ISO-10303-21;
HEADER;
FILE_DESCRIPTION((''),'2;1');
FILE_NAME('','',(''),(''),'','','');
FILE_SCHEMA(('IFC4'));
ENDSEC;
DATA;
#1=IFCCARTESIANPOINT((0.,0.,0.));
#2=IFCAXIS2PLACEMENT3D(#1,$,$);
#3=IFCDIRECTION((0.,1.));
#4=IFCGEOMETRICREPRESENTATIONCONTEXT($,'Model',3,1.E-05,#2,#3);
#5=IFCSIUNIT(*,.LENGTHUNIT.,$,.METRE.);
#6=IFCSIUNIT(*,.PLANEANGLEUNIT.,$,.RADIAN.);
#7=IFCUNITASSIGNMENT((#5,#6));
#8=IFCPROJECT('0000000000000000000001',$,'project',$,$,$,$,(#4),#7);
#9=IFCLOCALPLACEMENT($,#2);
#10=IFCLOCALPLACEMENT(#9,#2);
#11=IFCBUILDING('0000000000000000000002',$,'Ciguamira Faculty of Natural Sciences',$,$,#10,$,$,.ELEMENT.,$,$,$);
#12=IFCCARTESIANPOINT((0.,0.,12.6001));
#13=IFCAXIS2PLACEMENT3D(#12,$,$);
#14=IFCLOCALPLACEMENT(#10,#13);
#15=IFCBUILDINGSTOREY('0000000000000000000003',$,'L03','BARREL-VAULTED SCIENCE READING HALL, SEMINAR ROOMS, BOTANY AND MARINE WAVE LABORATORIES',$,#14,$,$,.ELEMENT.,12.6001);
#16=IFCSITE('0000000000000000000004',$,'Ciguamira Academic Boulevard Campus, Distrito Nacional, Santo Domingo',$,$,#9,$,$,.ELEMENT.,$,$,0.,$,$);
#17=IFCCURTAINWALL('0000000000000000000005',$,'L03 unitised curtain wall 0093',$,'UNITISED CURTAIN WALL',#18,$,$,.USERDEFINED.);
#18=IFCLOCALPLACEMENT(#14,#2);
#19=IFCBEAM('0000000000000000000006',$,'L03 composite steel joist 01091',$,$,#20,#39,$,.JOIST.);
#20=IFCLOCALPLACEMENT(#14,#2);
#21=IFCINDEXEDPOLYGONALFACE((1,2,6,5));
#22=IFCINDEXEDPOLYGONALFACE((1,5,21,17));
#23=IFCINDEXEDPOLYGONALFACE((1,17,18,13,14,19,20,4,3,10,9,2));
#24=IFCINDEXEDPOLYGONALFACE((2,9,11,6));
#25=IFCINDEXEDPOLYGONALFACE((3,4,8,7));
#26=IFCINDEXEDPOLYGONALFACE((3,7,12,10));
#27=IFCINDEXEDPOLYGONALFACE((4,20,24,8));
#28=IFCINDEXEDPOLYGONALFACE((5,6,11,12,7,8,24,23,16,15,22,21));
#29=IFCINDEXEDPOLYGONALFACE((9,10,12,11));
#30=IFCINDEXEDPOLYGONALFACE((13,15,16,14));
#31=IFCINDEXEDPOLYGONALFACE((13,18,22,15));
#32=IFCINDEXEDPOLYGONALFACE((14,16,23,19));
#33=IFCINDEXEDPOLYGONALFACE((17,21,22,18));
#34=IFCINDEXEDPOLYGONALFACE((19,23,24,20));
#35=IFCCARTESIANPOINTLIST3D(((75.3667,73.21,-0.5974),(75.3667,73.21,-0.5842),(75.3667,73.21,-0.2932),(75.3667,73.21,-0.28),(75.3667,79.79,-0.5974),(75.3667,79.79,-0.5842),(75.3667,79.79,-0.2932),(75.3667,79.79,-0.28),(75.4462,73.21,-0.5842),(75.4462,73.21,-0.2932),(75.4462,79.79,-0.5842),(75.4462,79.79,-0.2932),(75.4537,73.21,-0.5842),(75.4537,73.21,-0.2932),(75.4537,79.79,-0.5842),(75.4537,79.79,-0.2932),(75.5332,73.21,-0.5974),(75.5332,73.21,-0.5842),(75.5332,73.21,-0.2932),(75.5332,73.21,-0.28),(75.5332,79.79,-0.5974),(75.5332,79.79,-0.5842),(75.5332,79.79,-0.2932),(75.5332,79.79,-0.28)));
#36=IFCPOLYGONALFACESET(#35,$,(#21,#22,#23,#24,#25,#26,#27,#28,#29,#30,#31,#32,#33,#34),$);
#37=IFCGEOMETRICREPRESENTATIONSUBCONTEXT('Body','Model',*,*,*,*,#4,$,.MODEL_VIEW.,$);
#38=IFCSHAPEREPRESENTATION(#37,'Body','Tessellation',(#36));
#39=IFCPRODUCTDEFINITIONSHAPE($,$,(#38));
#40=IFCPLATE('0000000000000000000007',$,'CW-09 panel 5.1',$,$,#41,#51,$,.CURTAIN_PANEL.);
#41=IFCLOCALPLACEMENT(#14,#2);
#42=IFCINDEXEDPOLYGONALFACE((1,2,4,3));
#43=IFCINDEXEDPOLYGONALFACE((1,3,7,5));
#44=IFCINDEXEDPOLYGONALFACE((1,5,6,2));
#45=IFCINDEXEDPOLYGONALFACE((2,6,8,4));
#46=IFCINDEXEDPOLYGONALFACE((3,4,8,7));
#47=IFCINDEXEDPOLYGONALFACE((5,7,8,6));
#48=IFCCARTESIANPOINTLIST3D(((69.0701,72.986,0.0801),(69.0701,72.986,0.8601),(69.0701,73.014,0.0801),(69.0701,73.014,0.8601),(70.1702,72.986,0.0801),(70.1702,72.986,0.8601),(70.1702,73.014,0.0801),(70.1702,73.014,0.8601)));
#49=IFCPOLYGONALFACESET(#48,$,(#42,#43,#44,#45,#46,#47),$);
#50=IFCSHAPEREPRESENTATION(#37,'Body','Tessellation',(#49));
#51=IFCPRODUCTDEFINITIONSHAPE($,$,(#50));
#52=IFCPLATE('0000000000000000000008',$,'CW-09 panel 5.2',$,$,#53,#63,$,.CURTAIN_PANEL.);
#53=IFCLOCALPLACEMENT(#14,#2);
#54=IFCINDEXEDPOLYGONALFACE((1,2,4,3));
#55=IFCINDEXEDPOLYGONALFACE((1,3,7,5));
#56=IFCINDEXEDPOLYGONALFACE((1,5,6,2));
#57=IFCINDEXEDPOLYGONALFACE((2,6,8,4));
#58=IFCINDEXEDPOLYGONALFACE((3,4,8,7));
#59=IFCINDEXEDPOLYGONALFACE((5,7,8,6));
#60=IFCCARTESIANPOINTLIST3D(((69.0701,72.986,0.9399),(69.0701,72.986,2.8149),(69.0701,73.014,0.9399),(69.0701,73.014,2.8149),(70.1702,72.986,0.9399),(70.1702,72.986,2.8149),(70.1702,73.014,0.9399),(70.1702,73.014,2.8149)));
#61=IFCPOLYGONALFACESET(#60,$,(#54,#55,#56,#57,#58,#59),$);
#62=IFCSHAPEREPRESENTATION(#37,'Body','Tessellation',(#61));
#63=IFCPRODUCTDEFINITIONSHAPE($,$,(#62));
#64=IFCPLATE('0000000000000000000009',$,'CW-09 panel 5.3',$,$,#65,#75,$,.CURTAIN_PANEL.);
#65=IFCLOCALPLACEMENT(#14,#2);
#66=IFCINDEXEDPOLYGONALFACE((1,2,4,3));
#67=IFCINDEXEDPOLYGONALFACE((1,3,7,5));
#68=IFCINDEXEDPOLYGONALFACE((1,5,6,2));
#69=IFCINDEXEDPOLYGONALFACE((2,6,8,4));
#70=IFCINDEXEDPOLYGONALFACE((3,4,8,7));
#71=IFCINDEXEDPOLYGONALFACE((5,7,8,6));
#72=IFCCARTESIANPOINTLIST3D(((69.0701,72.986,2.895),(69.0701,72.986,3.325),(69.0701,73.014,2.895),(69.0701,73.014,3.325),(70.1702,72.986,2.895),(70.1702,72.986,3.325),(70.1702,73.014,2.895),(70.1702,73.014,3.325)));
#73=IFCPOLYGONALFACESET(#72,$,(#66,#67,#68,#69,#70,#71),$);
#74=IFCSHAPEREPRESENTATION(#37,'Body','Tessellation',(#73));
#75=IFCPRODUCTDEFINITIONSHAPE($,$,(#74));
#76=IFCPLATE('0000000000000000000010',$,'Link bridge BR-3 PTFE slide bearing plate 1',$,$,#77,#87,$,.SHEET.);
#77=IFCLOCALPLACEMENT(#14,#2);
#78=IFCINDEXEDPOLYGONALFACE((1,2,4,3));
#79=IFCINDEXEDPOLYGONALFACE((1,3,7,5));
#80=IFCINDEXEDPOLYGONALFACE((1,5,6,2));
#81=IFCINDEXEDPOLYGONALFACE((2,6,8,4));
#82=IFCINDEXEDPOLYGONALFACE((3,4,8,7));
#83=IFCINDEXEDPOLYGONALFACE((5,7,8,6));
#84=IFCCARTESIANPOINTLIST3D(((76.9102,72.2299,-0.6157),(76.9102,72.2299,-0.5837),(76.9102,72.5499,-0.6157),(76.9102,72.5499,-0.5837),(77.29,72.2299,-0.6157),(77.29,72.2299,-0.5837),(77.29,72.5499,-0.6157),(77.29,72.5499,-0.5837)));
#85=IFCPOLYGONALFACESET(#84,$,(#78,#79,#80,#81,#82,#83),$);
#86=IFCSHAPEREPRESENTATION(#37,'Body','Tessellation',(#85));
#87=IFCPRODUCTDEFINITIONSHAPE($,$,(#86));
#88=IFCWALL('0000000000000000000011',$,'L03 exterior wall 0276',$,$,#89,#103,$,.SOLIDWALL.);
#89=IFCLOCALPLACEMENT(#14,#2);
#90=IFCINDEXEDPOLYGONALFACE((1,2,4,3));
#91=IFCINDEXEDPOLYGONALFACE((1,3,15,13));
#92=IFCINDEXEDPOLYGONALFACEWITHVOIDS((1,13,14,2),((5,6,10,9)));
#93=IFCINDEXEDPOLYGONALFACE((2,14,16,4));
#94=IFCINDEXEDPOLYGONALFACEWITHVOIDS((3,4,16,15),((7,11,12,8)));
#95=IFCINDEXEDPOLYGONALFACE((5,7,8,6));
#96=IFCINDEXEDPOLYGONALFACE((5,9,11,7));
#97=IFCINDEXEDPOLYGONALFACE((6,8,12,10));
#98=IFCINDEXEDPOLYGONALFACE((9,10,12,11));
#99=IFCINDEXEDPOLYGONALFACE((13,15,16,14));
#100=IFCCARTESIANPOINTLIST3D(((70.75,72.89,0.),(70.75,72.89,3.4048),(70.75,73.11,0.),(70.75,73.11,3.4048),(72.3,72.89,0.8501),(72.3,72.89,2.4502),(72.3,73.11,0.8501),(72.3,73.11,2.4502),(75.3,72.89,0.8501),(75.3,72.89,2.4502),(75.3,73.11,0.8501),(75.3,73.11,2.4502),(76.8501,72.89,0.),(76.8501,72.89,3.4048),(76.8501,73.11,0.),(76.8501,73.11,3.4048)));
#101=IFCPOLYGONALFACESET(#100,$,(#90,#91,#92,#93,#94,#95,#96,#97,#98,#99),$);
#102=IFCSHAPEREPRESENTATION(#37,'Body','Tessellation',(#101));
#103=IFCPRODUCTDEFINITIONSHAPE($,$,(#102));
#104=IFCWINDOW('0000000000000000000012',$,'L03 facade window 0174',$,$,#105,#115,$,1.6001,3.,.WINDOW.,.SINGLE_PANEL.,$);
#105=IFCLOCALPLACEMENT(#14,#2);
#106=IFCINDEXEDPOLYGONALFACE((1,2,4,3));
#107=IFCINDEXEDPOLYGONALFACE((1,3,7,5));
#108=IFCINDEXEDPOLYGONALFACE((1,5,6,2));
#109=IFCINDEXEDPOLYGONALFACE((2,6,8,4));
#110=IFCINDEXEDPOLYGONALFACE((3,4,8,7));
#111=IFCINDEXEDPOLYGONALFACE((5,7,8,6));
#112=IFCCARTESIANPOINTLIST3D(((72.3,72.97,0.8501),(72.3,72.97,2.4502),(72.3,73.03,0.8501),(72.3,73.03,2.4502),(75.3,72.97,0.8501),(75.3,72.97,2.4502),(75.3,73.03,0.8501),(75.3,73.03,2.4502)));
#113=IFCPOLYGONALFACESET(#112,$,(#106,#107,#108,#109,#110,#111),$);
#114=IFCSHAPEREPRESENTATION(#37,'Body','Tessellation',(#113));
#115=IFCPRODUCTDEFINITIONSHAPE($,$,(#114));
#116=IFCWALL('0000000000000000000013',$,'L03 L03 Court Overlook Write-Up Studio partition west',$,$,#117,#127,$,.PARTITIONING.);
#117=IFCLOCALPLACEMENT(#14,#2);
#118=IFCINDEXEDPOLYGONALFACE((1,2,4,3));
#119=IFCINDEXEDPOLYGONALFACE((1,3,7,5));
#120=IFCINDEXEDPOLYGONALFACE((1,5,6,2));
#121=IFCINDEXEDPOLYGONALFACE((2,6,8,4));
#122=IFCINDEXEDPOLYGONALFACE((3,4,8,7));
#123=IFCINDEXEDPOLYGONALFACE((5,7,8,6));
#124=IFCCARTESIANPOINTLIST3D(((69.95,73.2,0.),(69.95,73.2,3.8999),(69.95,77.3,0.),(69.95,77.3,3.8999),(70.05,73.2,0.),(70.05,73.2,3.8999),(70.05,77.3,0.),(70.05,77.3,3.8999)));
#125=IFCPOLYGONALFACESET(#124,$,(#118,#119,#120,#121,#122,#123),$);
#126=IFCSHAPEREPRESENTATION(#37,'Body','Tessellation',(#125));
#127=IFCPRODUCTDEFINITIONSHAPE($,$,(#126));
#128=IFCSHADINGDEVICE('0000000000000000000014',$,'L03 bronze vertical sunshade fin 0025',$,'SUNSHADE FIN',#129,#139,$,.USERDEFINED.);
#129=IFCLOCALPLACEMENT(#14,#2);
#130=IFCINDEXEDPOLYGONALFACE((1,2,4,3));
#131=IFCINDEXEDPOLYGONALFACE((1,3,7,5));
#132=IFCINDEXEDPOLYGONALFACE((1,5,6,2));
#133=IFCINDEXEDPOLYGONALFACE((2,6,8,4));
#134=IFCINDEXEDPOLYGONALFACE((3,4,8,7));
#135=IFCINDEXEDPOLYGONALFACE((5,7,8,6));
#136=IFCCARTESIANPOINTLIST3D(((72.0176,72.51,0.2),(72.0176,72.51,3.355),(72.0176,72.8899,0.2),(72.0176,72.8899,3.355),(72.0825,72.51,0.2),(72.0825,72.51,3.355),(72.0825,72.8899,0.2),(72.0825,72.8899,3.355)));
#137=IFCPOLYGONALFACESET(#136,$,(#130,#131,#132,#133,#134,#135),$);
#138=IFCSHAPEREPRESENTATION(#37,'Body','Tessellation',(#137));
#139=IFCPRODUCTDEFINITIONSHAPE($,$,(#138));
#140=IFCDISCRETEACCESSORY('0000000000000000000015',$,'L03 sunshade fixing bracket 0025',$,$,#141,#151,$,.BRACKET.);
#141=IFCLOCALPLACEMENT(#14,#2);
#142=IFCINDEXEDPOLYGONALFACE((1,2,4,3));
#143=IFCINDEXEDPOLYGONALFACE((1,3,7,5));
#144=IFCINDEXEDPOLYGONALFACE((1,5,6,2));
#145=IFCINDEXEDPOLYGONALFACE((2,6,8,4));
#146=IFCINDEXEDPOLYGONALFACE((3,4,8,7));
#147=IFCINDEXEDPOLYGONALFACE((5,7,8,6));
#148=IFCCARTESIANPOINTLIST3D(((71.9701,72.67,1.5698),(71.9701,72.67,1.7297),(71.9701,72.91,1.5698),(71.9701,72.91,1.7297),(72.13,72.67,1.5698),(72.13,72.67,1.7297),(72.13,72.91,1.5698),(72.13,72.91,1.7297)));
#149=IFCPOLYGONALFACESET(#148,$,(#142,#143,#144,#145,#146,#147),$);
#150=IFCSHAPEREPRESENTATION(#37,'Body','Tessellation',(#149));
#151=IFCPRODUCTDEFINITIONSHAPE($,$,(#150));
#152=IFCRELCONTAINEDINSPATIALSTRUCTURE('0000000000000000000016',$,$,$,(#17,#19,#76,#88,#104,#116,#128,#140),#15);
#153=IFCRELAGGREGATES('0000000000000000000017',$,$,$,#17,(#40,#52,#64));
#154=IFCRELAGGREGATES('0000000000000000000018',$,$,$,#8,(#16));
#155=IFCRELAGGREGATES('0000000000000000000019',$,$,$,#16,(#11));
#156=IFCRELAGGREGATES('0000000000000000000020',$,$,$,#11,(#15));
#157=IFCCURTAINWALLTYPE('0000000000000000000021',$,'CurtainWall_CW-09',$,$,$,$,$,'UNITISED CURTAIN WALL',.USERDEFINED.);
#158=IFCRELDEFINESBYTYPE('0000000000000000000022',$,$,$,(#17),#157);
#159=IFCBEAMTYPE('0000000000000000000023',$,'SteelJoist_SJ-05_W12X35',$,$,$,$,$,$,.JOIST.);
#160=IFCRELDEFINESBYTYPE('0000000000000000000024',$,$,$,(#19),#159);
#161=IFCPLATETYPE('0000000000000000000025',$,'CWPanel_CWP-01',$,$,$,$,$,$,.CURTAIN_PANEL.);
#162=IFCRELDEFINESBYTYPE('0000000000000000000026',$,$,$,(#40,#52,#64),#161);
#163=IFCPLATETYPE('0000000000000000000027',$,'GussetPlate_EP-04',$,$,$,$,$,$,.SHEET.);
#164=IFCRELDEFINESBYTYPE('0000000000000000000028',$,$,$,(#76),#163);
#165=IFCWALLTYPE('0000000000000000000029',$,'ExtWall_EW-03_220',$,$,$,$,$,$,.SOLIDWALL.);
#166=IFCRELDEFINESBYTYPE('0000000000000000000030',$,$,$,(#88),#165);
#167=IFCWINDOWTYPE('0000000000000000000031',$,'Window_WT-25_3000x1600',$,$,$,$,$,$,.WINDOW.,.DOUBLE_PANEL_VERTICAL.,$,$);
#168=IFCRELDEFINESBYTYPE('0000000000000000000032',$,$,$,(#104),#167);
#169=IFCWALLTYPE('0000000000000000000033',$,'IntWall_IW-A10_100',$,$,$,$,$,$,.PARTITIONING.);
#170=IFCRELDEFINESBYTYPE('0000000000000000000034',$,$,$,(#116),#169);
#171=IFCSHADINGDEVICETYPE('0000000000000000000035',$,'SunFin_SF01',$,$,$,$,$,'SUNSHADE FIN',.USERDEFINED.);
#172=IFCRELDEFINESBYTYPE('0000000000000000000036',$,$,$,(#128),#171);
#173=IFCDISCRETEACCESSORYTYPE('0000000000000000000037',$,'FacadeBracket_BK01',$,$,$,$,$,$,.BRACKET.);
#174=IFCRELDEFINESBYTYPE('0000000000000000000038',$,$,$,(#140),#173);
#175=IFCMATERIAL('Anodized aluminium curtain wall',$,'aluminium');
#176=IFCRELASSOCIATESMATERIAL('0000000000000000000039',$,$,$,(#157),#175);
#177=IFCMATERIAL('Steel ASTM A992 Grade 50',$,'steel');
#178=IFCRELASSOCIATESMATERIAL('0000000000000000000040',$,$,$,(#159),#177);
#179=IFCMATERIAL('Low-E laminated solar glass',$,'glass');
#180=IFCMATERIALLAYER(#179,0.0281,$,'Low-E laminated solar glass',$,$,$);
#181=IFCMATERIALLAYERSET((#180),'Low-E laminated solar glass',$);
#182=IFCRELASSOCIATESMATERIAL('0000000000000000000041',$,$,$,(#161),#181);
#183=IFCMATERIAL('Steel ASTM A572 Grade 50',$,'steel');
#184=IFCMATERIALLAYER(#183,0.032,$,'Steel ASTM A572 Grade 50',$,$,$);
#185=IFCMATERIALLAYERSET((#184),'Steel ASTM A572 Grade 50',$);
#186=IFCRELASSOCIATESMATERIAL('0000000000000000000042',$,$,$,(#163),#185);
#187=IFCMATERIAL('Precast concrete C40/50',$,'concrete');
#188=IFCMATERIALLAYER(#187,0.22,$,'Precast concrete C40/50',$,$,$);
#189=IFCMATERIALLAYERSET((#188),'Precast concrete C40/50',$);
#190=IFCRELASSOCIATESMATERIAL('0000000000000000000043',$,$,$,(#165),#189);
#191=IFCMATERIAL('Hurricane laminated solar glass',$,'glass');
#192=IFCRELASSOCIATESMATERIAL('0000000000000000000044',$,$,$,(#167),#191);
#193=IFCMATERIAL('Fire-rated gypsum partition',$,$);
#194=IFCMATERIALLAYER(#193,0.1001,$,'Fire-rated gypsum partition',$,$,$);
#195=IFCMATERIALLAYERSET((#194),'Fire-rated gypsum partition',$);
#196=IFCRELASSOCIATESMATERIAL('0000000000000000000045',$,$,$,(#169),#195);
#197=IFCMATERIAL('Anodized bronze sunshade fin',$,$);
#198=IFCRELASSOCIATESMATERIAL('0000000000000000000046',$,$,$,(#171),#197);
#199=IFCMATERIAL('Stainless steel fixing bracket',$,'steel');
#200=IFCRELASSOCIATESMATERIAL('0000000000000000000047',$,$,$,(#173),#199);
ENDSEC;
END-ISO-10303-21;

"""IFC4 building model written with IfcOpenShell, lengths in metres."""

from ifc_helpers import new_model, si_unit, direction, frame, frame_2d, origin, origin_2d, place, context, subcontext, project, spatial, rectangle, i_section, extrude, material, layer, layer_set, material_profile, profile_set, type_object, element, fill, aggregate, save


model = new_model("IFC4")

# Units and contexts
model_context = context("Model", 3, precision=1e-05, world=origin(), true_north=direction((0.0, 1.0)))
body_context = subcontext(model_context, "Body", "Model", "MODEL_VIEW")
ifc_project = project(units=[si_unit("LENGTHUNIT", "METRE"), si_unit("PLANEANGLEUNIT", "RADIAN")], contexts=[model_context])

# Site, building, storey
site_placement = place(None, origin())
site = spatial("IfcSite", under=ifc_project, at=site_placement, Name="Ciguamira Academic Boulevard Campus, Distrito Nacional, Santo Domingo", CompositionType="ELEMENT", RefElevation=0.0)
building_placement = place(site_placement, origin())
building = spatial("IfcBuilding", under=site, at=building_placement, Name="Ciguamira Faculty of Natural Sciences", CompositionType="ELEMENT")
storey_placement = place(building_placement, frame((0.0, 0.0, 12.6001)))
storey = spatial("IfcBuildingStorey", under=building, at=storey_placement, Name="L03", Description="BARREL-VAULTED SCIENCE READING HALL, SEMINAR ROOMS, BOTANY AND MARINE WAVE LABORATORIES", CompositionType="ELEMENT", Elevation=12.6001)

# Curtain wall
ifc_material_1 = material(Name="Anodized aluminium curtain wall", Category="aluminium")
curtain_wall_type = type_object("IfcCurtainWallType", Name="CurtainWall_CW-09", ElementType="UNITISED CURTAIN WALL", PredefinedType="USERDEFINED", material=ifc_material_1)
curtain_wall_placement = place(storey_placement, origin())
curtain_wall = element("IfcCurtainWall", 1, at=curtain_wall_placement, inside=storey, type_object=curtain_wall_type, Name="L03 unitised curtain wall 0093", ObjectType="UNITISED CURTAIN WALL", PredefinedType="USERDEFINED")

# Beam
ifc_material_2 = material(Name="Steel ASTM A992 Grade 50", Category="steel")
ifc_material_profile_1 = material_profile(ifc_material_2, i_section(OverallWidth=0.1665, OverallDepth=0.3174, WebThickness=0.0076, FlangeThickness=0.0132, at=origin_2d()), Name="W12X35")
ifc_profile_set_1 = profile_set([ifc_material_profile_1], Name="Steel ASTM A992 Grade 50")
beam_type_1 = type_object("IfcBeamType", Name="SteelJoist_SJ-05_W12X35", PredefinedType="JOIST", material=ifc_profile_set_1)
beam_1_placement = place(storey_placement, frame((75.45, 73.21, -0.4387), z_axis=(0.0, 1.0, 0.0), x_axis=(-1.0, 0.0, 0.0)))
element("IfcBeam", 2, at=beam_1_placement, inside=storey, type_object=beam_type_1, Name="L03 composite steel joist 01091", PredefinedType="JOIST", context=body_context, shape_type="SweptSolid", body=[
    extrude(i_section(OverallWidth=0.1665, OverallDepth=0.3174, WebThickness=0.0076, FlangeThickness=0.0132, at=origin_2d()), origin(), (0.0, 0.0, 1.0), 6.5801),
])

# Plates
ifc_material_3 = material(Name="Low-E laminated solar glass", Category="glass")
ifc_layer_1 = layer(ifc_material_3, 0.0281, Name="Low-E laminated solar glass")
ifc_layer_set_1 = layer_set([ifc_layer_1], Name="Low-E laminated solar glass")
plate_type_1 = type_object("IfcPlateType", Name="CWPanel_CWP-01", PredefinedType="CURTAIN_PANEL", material=ifc_layer_set_1)
plate_1_placement = place(storey_placement, frame((69.6201, 73.0, 0.0801), z_axis=(0.0, 0.0, 1.0), x_axis=(1.0, 0.0, 0.0)))
plate_1 = element("IfcPlate", 3, at=plate_1_placement, type_object=plate_type_1, Name="CW-09 panel 5.1", PredefinedType="CURTAIN_PANEL", context=body_context, shape_type="SweptSolid", body=[
    extrude(rectangle(XDim=1.1001, YDim=0.0281, at=origin_2d()), origin(), (0.0, 0.0, 1.0), 0.78),
])
plate_2_placement = place(storey_placement, frame((69.6201, 73.0, 0.9399), z_axis=(0.0, 0.0, 1.0), x_axis=(1.0, 0.0, 0.0)))
plate_2 = element("IfcPlate", 4, at=plate_2_placement, type_object=plate_type_1, Name="CW-09 panel 5.2", PredefinedType="CURTAIN_PANEL", context=body_context, shape_type="SweptSolid", body=[
    extrude(rectangle(XDim=1.1001, YDim=0.0281, at=origin_2d()), origin(), (0.0, 0.0, 1.0), 1.875),
])
plate_3_placement = place(storey_placement, frame((69.6201, 73.0, 2.895), z_axis=(0.0, 0.0, 1.0), x_axis=(1.0, 0.0, 0.0)))
plate_3 = element("IfcPlate", 5, at=plate_3_placement, type_object=plate_type_1, Name="CW-09 panel 5.3", PredefinedType="CURTAIN_PANEL", context=body_context, shape_type="SweptSolid", body=[
    extrude(rectangle(XDim=1.1001, YDim=0.0281, at=origin_2d()), origin(), (0.0, 0.0, 1.0), 0.4299),
])
aggregate(curtain_wall, [plate_1, plate_2, plate_3])
ifc_material_4 = material(Name="Steel ASTM A572 Grade 50", Category="steel")
ifc_layer_2 = layer(ifc_material_4, 0.032, Name="Steel ASTM A572 Grade 50")
ifc_layer_set_2 = layer_set([ifc_layer_2], Name="Steel ASTM A572 Grade 50")
plate_type_2 = type_object("IfcPlateType", Name="GussetPlate_EP-04", PredefinedType="SHEET", material=ifc_layer_set_2)
plate_4_placement = place(storey_placement, frame((77.1001, 72.3899, -0.6157), z_axis=(0.0, 0.0, 1.0), x_axis=(1.0, 0.0, 0.0)))
element("IfcPlate", 6, at=plate_4_placement, inside=storey, type_object=plate_type_2, Name="Link bridge BR-3 PTFE slide bearing plate 1", PredefinedType="SHEET", context=body_context, shape_type="SweptSolid", body=[
    extrude(rectangle(XDim=0.3799, YDim=0.3201, at=origin_2d()), origin(), (0.0, 0.0, 1.0), 0.032),
])

# Wall, opening, window
ifc_material_5 = material(Name="Precast concrete C40/50", Category="concrete")
ifc_layer_3 = layer(ifc_material_5, 0.22, Name="Precast concrete C40/50")
ifc_layer_set_3 = layer_set([ifc_layer_3], Name="Precast concrete C40/50")
wall_type_1 = type_object("IfcWallType", Name="ExtWall_EW-03_220", PredefinedType="SOLIDWALL", material=ifc_layer_set_3)
wall_1_placement = place(storey_placement, frame((70.75, 73.0, 0.0), z_axis=(0.0, 0.0, 1.0), x_axis=(1.0, 0.0, 0.0)))
wall_1 = element("IfcWall", 7, at=wall_1_placement, inside=storey, type_object=wall_type_1, Name="L03 exterior wall 0276", PredefinedType="SOLIDWALL", context=body_context, shape_type="SweptSolid", body=[
    extrude(rectangle(XDim=6.1001, YDim=0.22, at=frame_2d((3.05, 0.0))), origin(), (0.0, 0.0, 1.0), 3.4048),
])
opening_placement = place(wall_1_placement, frame((1.55, 0.0, 0.8501)))
opening = element("IfcOpeningElement", 8, at=opening_placement, cuts=wall_1, PredefinedType="OPENING", context=body_context, shape_type="SweptSolid", body=[
    extrude(rectangle(XDim=3.0, YDim=1.6001, at=frame_2d((1.5, 0.8))), frame((0.0, 0.1199, 0.0), z_axis=(0.0, -1.0, 0.0), x_axis=(1.0, 0.0, 0.0)), (0.0, 0.0, 1.0), 0.24),
])
ifc_material_6 = material(Name="Hurricane laminated solar glass", Category="glass")
window_type = type_object("IfcWindowType", Name="Window_WT-25_3000x1600", PartitioningType="DOUBLE_PANEL_VERTICAL", PredefinedType="WINDOW", material=ifc_material_6)
window_placement = place(opening_placement, origin())
window = element("IfcWindow", 9, at=window_placement, inside=storey, type_object=window_type, Name="L03 facade window 0174", OverallHeight=1.6001, OverallWidth=3.0, PartitioningType="SINGLE_PANEL", PredefinedType="WINDOW", context=body_context, shape_type="SweptSolid", body=[
    extrude(rectangle(XDim=3.0, YDim=1.6001, at=frame_2d((1.5, 0.8))), frame((0.0, 0.03, 0.0), z_axis=(0.0, -1.0, 0.0), x_axis=(1.0, 0.0, 0.0)), (0.0, 0.0, 1.0), 0.0601),
])
fill(opening, window)

# Wall
ifc_material_7 = material(Name="Fire-rated gypsum partition")
ifc_layer_4 = layer(ifc_material_7, 0.1001, Name="Fire-rated gypsum partition")
ifc_layer_set_4 = layer_set([ifc_layer_4], Name="Fire-rated gypsum partition")
wall_type_2 = type_object("IfcWallType", Name="IntWall_IW-A10_100", PredefinedType="PARTITIONING", material=ifc_layer_set_4)
wall_2_placement = place(storey_placement, frame((70.0, 73.2, 0.0), z_axis=(0.0, 0.0, 1.0), x_axis=(0.0, 1.0, 0.0)))
element("IfcWall", 10, at=wall_2_placement, inside=storey, type_object=wall_type_2, Name="L03 L03 Court Overlook Write-Up Studio partition west", PredefinedType="PARTITIONING", context=body_context, shape_type="SweptSolid", body=[
    extrude(rectangle(XDim=4.1001, YDim=0.1001, at=frame_2d((2.05, 0.0))), origin(), (0.0, 0.0, 1.0), 3.8999),
])

# Shading device
ifc_material_8 = material(Name="Anodized bronze sunshade fin")
ifc_material_profile_2 = material_profile(ifc_material_8, rectangle(XDim=0.0649, YDim=0.3799, at=origin_2d()), Name="BRZ-FIN-65X380")
ifc_profile_set_2 = profile_set([ifc_material_profile_2], Name="Anodized bronze sunshade fin")
shading_device_type = type_object("IfcShadingDeviceType", Name="SunFin_SF01", ElementType="SUNSHADE FIN", PredefinedType="USERDEFINED", material=ifc_profile_set_2)
shading_device_placement = place(storey_placement, frame((72.05, 72.7, 0.2), z_axis=(0.0, 0.0, 1.0), x_axis=(1.0, 0.0, 0.0)))
element("IfcShadingDevice", 11, at=shading_device_placement, inside=storey, type_object=shading_device_type, Name="L03 bronze vertical sunshade fin 0025", ObjectType="SUNSHADE FIN", PredefinedType="USERDEFINED", context=body_context, shape_type="SweptSolid", body=[
    extrude(rectangle(XDim=0.0649, YDim=0.3799, at=origin_2d()), origin(), (0.0, 0.0, 1.0), 3.155),
])

# Discrete accessory
ifc_material_9 = material(Name="Stainless steel fixing bracket", Category="steel")
discrete_accessory_type = type_object("IfcDiscreteAccessoryType", Name="FacadeBracket_BK01", PredefinedType="BRACKET", material=ifc_material_9)
discrete_accessory_placement = place(storey_placement, frame((72.05, 72.79, 1.5698), z_axis=(0.0, 0.0, 1.0), x_axis=(1.0, 0.0, 0.0)))
element("IfcDiscreteAccessory", 12, at=discrete_accessory_placement, inside=storey, type_object=discrete_accessory_type, Name="L03 sunshade fixing bracket 0025", PredefinedType="BRACKET", context=body_context, shape_type="SweptSolid", body=[
    extrude(rectangle(XDim=0.1599, YDim=0.24, at=origin_2d()), origin(), (0.0, 0.0, 1.0), 0.1599),
])

save(model, "model.ifc")
